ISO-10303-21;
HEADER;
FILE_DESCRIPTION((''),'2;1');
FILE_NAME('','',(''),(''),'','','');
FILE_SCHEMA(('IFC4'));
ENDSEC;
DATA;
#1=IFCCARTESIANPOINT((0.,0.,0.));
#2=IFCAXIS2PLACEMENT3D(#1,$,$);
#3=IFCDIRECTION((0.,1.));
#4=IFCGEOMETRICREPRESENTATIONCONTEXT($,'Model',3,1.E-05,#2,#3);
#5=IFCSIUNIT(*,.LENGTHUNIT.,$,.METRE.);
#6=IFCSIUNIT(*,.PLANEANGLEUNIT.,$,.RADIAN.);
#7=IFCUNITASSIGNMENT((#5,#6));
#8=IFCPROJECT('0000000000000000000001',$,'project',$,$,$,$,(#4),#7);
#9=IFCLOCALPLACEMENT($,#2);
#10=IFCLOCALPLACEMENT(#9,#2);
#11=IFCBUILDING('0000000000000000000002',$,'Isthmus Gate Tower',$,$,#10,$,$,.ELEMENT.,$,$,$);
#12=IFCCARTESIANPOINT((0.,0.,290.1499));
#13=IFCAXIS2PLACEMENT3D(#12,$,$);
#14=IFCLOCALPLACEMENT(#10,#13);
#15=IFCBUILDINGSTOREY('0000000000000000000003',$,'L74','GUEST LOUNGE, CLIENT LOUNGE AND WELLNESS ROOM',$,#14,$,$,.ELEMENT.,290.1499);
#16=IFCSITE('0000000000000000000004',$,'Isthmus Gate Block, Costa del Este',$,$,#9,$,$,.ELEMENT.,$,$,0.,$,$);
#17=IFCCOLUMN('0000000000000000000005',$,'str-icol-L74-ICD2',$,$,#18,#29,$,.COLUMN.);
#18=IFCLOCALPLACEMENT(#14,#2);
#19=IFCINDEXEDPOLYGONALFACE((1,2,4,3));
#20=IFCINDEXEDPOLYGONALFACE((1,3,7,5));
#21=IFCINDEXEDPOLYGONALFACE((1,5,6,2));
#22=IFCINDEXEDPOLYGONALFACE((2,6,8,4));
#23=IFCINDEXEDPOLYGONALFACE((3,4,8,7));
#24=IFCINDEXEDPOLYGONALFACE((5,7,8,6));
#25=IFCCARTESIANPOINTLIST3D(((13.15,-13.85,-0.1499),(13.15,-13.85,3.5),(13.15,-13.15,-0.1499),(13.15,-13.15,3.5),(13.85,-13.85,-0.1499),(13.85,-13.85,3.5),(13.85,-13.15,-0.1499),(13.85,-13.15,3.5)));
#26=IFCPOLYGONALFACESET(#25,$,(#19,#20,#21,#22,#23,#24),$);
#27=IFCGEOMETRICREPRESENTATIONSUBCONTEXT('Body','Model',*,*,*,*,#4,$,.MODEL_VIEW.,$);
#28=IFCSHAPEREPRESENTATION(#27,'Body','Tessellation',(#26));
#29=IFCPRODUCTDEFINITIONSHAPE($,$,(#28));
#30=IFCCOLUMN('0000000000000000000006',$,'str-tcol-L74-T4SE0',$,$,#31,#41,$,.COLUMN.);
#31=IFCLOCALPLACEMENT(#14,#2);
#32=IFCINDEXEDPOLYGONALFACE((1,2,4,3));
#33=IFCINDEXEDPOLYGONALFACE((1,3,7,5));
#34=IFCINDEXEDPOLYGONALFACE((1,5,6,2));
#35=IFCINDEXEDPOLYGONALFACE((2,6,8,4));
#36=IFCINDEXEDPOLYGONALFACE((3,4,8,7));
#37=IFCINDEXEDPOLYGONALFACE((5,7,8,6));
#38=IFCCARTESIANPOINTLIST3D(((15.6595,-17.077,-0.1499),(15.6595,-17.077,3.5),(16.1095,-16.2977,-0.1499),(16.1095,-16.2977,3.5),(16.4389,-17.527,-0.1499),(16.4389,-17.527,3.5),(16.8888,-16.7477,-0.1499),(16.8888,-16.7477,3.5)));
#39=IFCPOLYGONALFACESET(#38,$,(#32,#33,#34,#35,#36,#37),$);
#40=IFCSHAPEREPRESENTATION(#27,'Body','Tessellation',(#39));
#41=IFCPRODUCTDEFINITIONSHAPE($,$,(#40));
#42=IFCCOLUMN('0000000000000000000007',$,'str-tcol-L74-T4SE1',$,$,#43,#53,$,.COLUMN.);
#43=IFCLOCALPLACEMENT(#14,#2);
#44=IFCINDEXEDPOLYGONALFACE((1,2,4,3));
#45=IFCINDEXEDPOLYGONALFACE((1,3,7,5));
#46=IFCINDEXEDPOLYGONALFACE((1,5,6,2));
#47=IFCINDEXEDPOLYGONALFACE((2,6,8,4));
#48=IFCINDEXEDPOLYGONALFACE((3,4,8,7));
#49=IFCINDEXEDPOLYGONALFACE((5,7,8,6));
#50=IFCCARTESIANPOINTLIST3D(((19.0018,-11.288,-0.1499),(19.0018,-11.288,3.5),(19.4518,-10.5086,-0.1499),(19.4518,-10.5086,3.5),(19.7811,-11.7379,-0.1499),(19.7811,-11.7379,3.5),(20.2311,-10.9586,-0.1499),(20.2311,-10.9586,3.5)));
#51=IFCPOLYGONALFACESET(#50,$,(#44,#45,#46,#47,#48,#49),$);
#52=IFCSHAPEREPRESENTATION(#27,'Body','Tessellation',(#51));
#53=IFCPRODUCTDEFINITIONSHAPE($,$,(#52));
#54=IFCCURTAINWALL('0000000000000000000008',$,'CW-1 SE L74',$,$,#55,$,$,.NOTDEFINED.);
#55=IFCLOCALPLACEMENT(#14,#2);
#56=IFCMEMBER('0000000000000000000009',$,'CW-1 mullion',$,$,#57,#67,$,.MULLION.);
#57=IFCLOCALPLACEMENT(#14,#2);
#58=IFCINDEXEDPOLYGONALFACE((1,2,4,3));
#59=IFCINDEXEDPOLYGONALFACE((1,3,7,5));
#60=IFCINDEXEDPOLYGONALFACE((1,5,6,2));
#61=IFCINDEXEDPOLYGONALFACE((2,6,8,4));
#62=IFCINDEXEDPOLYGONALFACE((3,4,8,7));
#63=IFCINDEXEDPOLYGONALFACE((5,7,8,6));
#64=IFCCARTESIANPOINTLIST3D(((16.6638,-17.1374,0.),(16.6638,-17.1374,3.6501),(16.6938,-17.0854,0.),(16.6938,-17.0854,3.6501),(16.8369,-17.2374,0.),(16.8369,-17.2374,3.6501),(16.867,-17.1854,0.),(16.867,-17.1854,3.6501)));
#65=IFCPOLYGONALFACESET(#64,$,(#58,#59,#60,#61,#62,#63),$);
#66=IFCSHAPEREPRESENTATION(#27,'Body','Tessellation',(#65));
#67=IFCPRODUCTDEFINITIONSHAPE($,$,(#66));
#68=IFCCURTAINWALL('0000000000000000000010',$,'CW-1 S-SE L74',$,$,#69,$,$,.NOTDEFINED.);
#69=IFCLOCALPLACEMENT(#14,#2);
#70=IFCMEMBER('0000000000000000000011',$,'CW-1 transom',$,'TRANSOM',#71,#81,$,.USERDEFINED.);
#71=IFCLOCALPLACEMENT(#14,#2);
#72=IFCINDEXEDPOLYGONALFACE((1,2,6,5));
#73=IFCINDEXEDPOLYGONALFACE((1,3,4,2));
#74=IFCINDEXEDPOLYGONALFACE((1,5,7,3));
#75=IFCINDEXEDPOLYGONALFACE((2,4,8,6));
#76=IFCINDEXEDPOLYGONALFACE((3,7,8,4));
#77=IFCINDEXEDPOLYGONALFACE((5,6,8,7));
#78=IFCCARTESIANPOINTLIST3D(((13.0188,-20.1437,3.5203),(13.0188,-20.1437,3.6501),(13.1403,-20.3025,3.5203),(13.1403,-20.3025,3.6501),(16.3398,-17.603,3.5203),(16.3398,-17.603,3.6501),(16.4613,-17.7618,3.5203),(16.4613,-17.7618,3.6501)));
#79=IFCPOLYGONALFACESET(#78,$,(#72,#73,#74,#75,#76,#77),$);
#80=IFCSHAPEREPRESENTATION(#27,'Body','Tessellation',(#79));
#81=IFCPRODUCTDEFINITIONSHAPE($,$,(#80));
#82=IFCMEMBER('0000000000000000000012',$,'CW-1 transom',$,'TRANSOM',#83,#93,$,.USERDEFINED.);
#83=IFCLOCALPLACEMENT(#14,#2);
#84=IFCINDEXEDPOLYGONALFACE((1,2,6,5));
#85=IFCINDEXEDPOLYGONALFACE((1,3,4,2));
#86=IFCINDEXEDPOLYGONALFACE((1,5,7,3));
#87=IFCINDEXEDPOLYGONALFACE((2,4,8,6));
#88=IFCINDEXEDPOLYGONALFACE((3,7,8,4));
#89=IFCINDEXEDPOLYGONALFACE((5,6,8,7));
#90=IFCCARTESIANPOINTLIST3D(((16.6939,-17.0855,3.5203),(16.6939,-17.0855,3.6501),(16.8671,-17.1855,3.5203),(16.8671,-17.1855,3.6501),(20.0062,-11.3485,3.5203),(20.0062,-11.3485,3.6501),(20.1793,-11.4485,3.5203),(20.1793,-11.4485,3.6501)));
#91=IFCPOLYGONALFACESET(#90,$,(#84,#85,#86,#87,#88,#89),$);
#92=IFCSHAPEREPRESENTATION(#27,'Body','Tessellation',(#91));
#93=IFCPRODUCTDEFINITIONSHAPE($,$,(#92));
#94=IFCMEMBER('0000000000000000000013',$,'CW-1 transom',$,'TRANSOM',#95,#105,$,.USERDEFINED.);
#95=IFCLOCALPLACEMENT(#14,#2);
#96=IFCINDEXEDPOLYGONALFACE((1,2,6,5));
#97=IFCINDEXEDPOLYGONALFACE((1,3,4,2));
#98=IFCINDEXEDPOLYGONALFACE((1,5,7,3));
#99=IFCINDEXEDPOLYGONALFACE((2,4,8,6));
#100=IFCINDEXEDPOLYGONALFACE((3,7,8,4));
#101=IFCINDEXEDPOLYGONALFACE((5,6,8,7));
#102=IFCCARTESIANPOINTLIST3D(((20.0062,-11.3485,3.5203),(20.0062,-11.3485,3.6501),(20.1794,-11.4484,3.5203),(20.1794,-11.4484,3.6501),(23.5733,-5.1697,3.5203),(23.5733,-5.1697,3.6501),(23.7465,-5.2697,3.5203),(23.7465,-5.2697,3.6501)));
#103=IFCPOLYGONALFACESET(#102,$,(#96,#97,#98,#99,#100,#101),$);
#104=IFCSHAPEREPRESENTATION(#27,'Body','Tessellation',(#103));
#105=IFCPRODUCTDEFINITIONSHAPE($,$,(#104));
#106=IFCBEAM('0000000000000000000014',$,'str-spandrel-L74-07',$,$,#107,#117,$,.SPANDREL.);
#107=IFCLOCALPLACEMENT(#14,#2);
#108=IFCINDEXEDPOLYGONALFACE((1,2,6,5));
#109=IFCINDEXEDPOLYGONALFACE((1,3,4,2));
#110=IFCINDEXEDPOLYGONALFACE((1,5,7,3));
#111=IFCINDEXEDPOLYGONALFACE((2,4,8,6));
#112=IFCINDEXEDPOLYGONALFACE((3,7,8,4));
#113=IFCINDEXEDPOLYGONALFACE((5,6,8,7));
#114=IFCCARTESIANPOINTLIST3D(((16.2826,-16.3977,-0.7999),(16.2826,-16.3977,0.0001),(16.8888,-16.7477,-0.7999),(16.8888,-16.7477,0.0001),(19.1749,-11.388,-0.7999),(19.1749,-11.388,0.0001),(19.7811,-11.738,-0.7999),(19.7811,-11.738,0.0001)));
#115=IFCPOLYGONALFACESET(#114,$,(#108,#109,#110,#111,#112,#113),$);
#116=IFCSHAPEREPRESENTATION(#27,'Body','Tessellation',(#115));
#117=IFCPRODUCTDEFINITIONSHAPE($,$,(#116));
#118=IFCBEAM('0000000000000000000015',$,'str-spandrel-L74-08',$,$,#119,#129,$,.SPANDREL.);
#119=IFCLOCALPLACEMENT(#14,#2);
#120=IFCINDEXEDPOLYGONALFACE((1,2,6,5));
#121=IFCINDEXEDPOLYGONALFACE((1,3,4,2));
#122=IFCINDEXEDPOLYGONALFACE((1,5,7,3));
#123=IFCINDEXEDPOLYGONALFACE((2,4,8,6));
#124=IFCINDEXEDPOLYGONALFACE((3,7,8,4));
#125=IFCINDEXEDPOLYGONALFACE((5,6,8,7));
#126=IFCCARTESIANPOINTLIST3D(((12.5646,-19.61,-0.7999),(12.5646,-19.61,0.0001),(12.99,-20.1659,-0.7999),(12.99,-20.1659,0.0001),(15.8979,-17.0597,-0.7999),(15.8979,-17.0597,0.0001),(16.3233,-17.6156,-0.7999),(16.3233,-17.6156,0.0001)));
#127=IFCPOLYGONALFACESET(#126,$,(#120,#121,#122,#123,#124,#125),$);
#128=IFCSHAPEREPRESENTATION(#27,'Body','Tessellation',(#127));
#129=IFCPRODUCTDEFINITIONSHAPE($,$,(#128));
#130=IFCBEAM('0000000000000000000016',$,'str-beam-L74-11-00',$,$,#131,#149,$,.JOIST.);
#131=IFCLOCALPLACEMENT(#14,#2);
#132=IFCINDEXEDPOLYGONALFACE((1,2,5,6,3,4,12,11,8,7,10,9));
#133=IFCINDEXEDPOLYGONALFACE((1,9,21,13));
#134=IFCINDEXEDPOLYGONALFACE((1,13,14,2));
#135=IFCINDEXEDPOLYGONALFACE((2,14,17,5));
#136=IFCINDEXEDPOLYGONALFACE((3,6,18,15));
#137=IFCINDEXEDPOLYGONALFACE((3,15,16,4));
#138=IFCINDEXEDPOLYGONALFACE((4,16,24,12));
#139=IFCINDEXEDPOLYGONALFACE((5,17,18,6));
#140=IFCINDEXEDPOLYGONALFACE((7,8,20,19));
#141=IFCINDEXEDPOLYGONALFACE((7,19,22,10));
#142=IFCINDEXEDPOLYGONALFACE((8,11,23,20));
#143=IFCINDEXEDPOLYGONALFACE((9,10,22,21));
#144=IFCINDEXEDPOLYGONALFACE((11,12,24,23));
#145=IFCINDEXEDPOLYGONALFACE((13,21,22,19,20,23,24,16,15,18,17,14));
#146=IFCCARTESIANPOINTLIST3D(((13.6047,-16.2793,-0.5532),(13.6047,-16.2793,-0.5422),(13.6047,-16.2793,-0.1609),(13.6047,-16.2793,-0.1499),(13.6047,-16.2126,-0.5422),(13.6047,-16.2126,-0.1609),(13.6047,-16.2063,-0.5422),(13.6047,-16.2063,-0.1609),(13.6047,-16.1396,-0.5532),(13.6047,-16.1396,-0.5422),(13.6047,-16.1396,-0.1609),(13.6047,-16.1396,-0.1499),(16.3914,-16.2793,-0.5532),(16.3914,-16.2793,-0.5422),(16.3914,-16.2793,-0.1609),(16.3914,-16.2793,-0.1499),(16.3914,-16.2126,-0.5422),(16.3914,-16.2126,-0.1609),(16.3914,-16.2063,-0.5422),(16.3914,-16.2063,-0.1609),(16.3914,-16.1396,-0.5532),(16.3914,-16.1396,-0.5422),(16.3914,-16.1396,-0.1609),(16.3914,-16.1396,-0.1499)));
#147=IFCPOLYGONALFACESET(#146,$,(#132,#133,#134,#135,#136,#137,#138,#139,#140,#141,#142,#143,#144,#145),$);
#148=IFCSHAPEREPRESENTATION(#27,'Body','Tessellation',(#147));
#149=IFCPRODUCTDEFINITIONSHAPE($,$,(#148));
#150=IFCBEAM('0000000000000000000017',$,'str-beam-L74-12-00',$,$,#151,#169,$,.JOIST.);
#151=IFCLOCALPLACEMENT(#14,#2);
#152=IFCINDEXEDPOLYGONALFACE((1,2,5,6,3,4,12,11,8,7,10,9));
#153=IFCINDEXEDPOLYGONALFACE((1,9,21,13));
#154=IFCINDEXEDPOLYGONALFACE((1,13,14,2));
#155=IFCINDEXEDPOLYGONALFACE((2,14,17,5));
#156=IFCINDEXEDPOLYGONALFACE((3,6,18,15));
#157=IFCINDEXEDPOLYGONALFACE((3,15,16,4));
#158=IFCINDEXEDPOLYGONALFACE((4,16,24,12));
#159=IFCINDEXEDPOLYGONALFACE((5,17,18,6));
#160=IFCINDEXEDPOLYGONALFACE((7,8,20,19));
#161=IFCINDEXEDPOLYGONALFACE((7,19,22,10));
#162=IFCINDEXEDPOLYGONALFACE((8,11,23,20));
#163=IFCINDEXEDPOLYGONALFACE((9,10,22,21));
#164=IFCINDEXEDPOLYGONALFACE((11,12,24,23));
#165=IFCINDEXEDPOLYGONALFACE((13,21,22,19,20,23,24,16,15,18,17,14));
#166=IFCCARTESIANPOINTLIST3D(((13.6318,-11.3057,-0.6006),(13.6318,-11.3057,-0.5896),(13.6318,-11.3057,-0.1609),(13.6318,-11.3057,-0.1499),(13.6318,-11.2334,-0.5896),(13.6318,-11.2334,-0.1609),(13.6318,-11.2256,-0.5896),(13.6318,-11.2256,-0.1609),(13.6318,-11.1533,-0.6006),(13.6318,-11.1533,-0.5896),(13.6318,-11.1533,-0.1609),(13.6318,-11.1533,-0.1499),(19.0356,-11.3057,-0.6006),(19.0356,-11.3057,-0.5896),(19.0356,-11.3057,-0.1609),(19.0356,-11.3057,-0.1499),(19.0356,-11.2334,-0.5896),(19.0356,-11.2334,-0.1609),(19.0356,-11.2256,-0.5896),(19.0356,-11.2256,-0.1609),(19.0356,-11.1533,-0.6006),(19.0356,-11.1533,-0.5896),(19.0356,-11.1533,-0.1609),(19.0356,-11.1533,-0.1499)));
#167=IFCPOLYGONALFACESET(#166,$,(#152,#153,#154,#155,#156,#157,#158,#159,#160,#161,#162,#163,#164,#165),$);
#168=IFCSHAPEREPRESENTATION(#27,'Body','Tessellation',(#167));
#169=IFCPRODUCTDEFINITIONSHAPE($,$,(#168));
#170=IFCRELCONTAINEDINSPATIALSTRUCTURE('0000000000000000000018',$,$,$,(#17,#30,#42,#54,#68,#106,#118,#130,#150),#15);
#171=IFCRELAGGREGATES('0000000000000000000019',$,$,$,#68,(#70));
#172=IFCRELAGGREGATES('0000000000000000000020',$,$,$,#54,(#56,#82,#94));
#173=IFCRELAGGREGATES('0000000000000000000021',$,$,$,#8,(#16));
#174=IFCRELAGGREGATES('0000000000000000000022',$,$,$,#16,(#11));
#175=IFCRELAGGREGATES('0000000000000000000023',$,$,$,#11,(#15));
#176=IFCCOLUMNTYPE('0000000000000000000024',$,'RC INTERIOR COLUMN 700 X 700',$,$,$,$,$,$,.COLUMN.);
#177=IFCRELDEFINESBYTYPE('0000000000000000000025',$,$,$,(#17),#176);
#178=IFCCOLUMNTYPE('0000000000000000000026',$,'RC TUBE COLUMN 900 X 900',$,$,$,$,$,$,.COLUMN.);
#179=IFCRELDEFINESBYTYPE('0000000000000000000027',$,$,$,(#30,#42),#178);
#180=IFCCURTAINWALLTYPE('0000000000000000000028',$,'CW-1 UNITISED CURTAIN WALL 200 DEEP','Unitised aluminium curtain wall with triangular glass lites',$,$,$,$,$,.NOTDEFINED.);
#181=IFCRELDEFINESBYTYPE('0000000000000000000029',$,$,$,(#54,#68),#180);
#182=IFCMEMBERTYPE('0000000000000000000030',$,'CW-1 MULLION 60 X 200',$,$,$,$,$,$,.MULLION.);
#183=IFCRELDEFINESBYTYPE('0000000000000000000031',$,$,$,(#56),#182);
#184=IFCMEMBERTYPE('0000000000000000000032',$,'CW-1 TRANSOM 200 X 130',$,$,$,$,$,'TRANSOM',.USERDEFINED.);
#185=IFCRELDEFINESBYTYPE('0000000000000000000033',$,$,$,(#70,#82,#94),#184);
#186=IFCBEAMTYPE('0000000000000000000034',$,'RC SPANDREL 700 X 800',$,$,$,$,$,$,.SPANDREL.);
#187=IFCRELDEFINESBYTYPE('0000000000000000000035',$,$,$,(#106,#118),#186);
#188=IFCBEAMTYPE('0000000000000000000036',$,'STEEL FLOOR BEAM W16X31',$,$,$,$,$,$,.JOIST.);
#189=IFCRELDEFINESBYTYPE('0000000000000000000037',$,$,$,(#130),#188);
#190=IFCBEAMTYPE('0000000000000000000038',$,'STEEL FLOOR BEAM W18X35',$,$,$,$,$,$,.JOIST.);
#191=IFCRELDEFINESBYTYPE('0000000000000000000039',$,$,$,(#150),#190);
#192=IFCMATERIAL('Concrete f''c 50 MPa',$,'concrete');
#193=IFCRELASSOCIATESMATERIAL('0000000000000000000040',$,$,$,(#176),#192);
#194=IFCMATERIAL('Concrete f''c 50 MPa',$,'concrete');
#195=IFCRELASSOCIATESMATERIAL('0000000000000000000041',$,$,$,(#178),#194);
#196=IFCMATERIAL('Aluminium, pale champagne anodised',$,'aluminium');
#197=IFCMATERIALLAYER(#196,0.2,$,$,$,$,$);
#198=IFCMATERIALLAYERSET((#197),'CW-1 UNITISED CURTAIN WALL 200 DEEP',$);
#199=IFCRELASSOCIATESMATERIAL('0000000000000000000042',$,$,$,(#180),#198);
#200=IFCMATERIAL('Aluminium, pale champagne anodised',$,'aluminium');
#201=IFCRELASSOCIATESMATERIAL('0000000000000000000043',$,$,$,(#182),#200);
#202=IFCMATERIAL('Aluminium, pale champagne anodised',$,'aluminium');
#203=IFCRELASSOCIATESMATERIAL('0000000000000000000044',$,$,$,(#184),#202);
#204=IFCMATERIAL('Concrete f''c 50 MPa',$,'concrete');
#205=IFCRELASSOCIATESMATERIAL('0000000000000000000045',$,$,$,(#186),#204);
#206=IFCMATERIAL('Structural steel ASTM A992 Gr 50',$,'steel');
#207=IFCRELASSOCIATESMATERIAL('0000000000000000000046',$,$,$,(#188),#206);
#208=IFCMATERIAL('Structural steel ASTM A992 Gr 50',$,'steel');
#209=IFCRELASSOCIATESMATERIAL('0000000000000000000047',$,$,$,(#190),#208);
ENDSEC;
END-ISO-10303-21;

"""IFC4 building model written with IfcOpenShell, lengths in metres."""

from ifc_helpers import new_model, si_unit, direction, frame, origin, origin_2d, place, context, subcontext, project, spatial, rectangle, i_section, extrude, material, layer, layer_set, material_profile, profile_set, type_object, element, aggregate, save


model = new_model("IFC4")

# Units and contexts
model_context = context("Model", 3, precision=1e-05, world=origin(), true_north=direction((0.0, 1.0)))
body_context = subcontext(model_context, "Body", "Model", "MODEL_VIEW")
ifc_project = project(units=[si_unit("LENGTHUNIT", "METRE"), si_unit("PLANEANGLEUNIT", "RADIAN")], contexts=[model_context])

# Site, building, storey
site_placement = place(None, origin())
site = spatial("IfcSite", under=ifc_project, at=site_placement, Name="Isthmus Gate Block, Costa del Este", CompositionType="ELEMENT", RefElevation=0.0)
building_placement = place(site_placement, origin())
building = spatial("IfcBuilding", under=site, at=building_placement, Name="Isthmus Gate Tower", CompositionType="ELEMENT")
storey_placement = place(building_placement, frame((0.0, 0.0, 290.1499)))
storey = spatial("IfcBuildingStorey", under=building, at=storey_placement, Name="L74", Description="GUEST LOUNGE, CLIENT LOUNGE AND WELLNESS ROOM", CompositionType="ELEMENT", Elevation=290.1499)

# Columns
ifc_material_1 = material(Name="Concrete f'c 50 MPa", Category="concrete")
ifc_material_profile_1 = material_profile(ifc_material_1, rectangle(XDim=0.7, YDim=0.7, at=origin_2d()), Name="RC 700X700")
ifc_profile_set_1 = profile_set([ifc_material_profile_1], Name="Concrete f'c 50 MPa")
column_type_1 = type_object("IfcColumnType", Name="RC INTERIOR COLUMN 700 X 700", PredefinedType="COLUMN", material=ifc_profile_set_1)
column_placement = place(storey_placement, frame((13.5, -13.5, -0.1499), z_axis=(0.0, 0.0, 1.0), x_axis=(1.0, 0.0, 0.0)))
element("IfcColumn", 1, at=column_placement, inside=storey, type_object=column_type_1, Name="str-icol-L74-ICD2", PredefinedType="COLUMN", context=body_context, shape_type="SweptSolid", body=[
    extrude(rectangle(XDim=0.7, YDim=0.7, at=origin_2d()), origin(), (0.0, 0.0, 1.0), 3.6499),
])
ifc_material_2 = material(Name="Concrete f'c 50 MPa", Category="concrete")
ifc_material_profile_2 = material_profile(ifc_material_2, rectangle(XDim=0.8999, YDim=0.8999, at=origin_2d()), Name="RC 900X900")
ifc_profile_set_2 = profile_set([ifc_material_profile_2], Name="Concrete f'c 50 MPa")
column_type_2 = type_object("IfcColumnType", Name="RC TUBE COLUMN 900 X 900", PredefinedType="COLUMN", material=ifc_profile_set_2)
for number, where, z_axis, x_axis, name in (
    (2, (16.2742, -16.9124, -0.1499), (0.0, 0.0, 1.0), (0.5, 0.866025, 0.0), "str-tcol-L74-T4SE0"),
    (3, (19.6165, -11.1233, -0.1499), (0.0, 0.0, 1.0), (0.5, 0.866025, 0.0), "str-tcol-L74-T4SE1"),
):
    element("IfcColumn", number, at=place(storey_placement, frame(where, z_axis=z_axis, x_axis=x_axis)), inside=storey, type_object=column_type_2, Name=name, PredefinedType="COLUMN", context=body_context, shape_type="SweptSolid", body=[
        extrude(rectangle(XDim=0.8999, YDim=0.8999, at=origin_2d()), origin(), (0.0, 0.0, 1.0), 3.6499),
    ])

# Curtain walls, members
ifc_material_3 = material(Name="Aluminium, pale champagne anodised", Category="aluminium")
ifc_layer_1 = layer(ifc_material_3, 0.2)
ifc_layer_set_1 = layer_set([ifc_layer_1], Name="CW-1 UNITISED CURTAIN WALL 200 DEEP")
curtain_wall_type = type_object("IfcCurtainWallType", Name="CW-1 UNITISED CURTAIN WALL 200 DEEP", Description="Unitised aluminium curtain wall with triangular glass lites", PredefinedType="NOTDEFINED", material=ifc_layer_set_1)
curtain_wall_1_placement = place(storey_placement, origin())
curtain_wall_1 = element("IfcCurtainWall", 4, at=curtain_wall_1_placement, inside=storey, type_object=curtain_wall_type, Name="CW-1 SE L74", PredefinedType="NOTDEFINED")
ifc_material_4 = material(Name="Aluminium, pale champagne anodised", Category="aluminium")
ifc_material_profile_3 = material_profile(ifc_material_4, rectangle(XDim=0.0601, YDim=0.2, at=origin_2d()), Name="60x200")
ifc_profile_set_3 = profile_set([ifc_material_profile_3], Name="Aluminium, pale champagne anodised")
member_type_1 = type_object("IfcMemberType", Name="CW-1 MULLION 60 X 200", PredefinedType="MULLION", material=ifc_profile_set_3)
member_1_placement = place(storey_placement, frame((16.7654, -17.1614, 0.0), z_axis=(0.0, 0.0, 1.0), x_axis=(0.5, 0.866025, 0.0)))
member_1 = element("IfcMember", 5, at=member_1_placement, type_object=member_type_1, Name="CW-1 mullion", PredefinedType="MULLION", context=body_context, shape_type="SweptSolid", body=[
    extrude(rectangle(XDim=0.0601, YDim=0.2, at=origin_2d()), origin(), (0.0, 0.0, 1.0), 3.6501),
])
curtain_wall_2_placement = place(storey_placement, origin())
curtain_wall_2 = element("IfcCurtainWall", 6, at=curtain_wall_2_placement, inside=storey, type_object=curtain_wall_type, Name="CW-1 S-SE L74", PredefinedType="NOTDEFINED")
ifc_material_5 = material(Name="Aluminium, pale champagne anodised", Category="aluminium")
ifc_material_profile_4 = material_profile(ifc_material_5, rectangle(XDim=0.2, YDim=0.1299, at=origin_2d()), Name="200x130")
ifc_profile_set_4 = profile_set([ifc_material_profile_4], Name="Aluminium, pale champagne anodised")
member_type_2 = type_object("IfcMemberType", Name="CW-1 TRANSOM 200 X 130", ElementType="TRANSOM", PredefinedType="USERDEFINED", material=ifc_profile_set_4)
member_2_placement = place(storey_placement, frame((13.0796, -20.2231, 3.5852), z_axis=(0.794225, 0.607623, 0.0), x_axis=(-0.607623, 0.794225, 0.0)))
member_2 = element("IfcMember", 7, at=member_2_placement, type_object=member_type_2, Name="CW-1 transom", ObjectType="TRANSOM", PredefinedType="USERDEFINED", context=body_context, shape_type="SweptSolid", body=[
    extrude(rectangle(XDim=0.2, YDim=0.1299, at=origin_2d()), origin(), (0.0, 0.0, 1.0), 4.1814),
])

# Members
member_3_placement = place(storey_placement, frame((16.7805, -17.1355, 3.5852), z_axis=(0.499996, 0.866028, 0.0), x_axis=(-0.866028, 0.499996, 0.0)))
member_3 = element("IfcMember", 8, at=member_3_placement, type_object=member_type_2, Name="CW-1 transom", ObjectType="TRANSOM", PredefinedType="USERDEFINED", context=body_context, shape_type="SweptSolid", body=[
    extrude(rectangle(XDim=0.2, YDim=0.1299, at=origin_2d()), origin(), (0.0, 0.0, 1.0), 6.6245),
])
member_4_placement = place(storey_placement, frame((20.0928, -11.3984, 3.5852), z_axis=(0.499985, 0.866034, 0.0), x_axis=(-0.866034, 0.499985, 0.0)))
member_4 = element("IfcMember", 9, at=member_4_placement, type_object=member_type_2, Name="CW-1 transom", ObjectType="TRANSOM", PredefinedType="USERDEFINED", context=body_context, shape_type="SweptSolid", body=[
    extrude(rectangle(XDim=0.2, YDim=0.1299, at=origin_2d()), origin(), (0.0, 0.0, 1.0), 7.1345),
])

# Beams
ifc_material_6 = material(Name="Concrete f'c 50 MPa", Category="concrete")
ifc_material_profile_5 = material_profile(ifc_material_6, rectangle(XDim=0.7, YDim=0.8, at=origin_2d()), Name="RC 700X800")
ifc_profile_set_5 = profile_set([ifc_material_profile_5], Name="Concrete f'c 50 MPa")
beam_type_1 = type_object("IfcBeamType", Name="RC SPANDREL 700 X 800", PredefinedType="SPANDREL", material=ifc_profile_set_5)
beam_1_placement = place(storey_placement, frame((19.478, -11.563, -0.3999), z_axis=(-0.499993, -0.86603, 0.0), x_axis=(0.86603, -0.499993, 0.0)))
element("IfcBeam", 10, at=beam_1_placement, inside=storey, type_object=beam_type_1, Name="str-spandrel-L74-07", PredefinedType="SPANDREL", context=body_context, shape_type="SweptSolid", body=[
    extrude(rectangle(XDim=0.7, YDim=0.8, at=origin_2d()), origin(), (0.0, 0.0, 1.0), 5.7847),
])
beam_2_placement = place(storey_placement, frame((16.1106, -17.3376, -0.3999), z_axis=(-0.794204, -0.607651, 0.0), x_axis=(0.607651, -0.794204, 0.0)))
element("IfcBeam", 11, at=beam_2_placement, inside=storey, type_object=beam_type_1, Name="str-spandrel-L74-08", PredefinedType="SPANDREL", context=body_context, shape_type="SweptSolid", body=[
    extrude(rectangle(XDim=0.7, YDim=0.8, at=origin_2d()), origin(), (0.0, 0.0, 1.0), 4.197),
])
ifc_material_7 = material(Name="Structural steel ASTM A992 Gr 50", Category="steel")
ifc_material_profile_6 = material_profile(ifc_material_7, i_section(OverallWidth=0.1396, OverallDepth=0.4033, WebThickness=0.0063, FlangeThickness=0.011, at=origin_2d()), Name="W16X31")
ifc_profile_set_6 = profile_set([ifc_material_profile_6], Name="Structural steel ASTM A992 Gr 50")
beam_type_2 = type_object("IfcBeamType", Name="STEEL FLOOR BEAM W16X31", PredefinedType="JOIST", material=ifc_profile_set_6)
beam_3_placement = place(storey_placement, frame((13.6047, -16.2095, -0.3516), z_axis=(1.0, 0.0, 0.0), x_axis=(0.0, 1.0, 0.0)))
element("IfcBeam", 12, at=beam_3_placement, inside=storey, type_object=beam_type_2, Name="str-beam-L74-11-00", PredefinedType="JOIST", context=body_context, shape_type="SweptSolid", body=[
    extrude(i_section(OverallWidth=0.1396, OverallDepth=0.4033, WebThickness=0.0063, FlangeThickness=0.011, at=origin_2d()), origin(), (0.0, 0.0, 1.0), 2.7866),
])
ifc_material_8 = material(Name="Structural steel ASTM A992 Gr 50", Category="steel")
ifc_material_profile_7 = material_profile(ifc_material_8, i_section(OverallWidth=0.1523, OverallDepth=0.4507, WebThickness=0.0078, FlangeThickness=0.011, at=origin_2d()), Name="W18X35")
ifc_profile_set_7 = profile_set([ifc_material_profile_7], Name="Structural steel ASTM A992 Gr 50")
beam_type_3 = type_object("IfcBeamType", Name="STEEL FLOOR BEAM W18X35", PredefinedType="JOIST", material=ifc_profile_set_7)
beam_4_placement = place(storey_placement, frame((13.6318, -11.2295, -0.3752), z_axis=(1.0, 0.0, 0.0), x_axis=(0.0, 1.0, 0.0)))
element("IfcBeam", 13, at=beam_4_placement, inside=storey, type_object=beam_type_3, Name="str-beam-L74-12-00", PredefinedType="JOIST", context=body_context, shape_type="SweptSolid", body=[
    extrude(i_section(OverallWidth=0.1523, OverallDepth=0.4507, WebThickness=0.0078, FlangeThickness=0.011, at=origin_2d()), origin(), (0.0, 0.0, 1.0), 5.4038),
])

aggregate(curtain_wall_2, [member_2])
aggregate(curtain_wall_1, [member_1, member_3, member_4])

save(model, "model.ifc")
